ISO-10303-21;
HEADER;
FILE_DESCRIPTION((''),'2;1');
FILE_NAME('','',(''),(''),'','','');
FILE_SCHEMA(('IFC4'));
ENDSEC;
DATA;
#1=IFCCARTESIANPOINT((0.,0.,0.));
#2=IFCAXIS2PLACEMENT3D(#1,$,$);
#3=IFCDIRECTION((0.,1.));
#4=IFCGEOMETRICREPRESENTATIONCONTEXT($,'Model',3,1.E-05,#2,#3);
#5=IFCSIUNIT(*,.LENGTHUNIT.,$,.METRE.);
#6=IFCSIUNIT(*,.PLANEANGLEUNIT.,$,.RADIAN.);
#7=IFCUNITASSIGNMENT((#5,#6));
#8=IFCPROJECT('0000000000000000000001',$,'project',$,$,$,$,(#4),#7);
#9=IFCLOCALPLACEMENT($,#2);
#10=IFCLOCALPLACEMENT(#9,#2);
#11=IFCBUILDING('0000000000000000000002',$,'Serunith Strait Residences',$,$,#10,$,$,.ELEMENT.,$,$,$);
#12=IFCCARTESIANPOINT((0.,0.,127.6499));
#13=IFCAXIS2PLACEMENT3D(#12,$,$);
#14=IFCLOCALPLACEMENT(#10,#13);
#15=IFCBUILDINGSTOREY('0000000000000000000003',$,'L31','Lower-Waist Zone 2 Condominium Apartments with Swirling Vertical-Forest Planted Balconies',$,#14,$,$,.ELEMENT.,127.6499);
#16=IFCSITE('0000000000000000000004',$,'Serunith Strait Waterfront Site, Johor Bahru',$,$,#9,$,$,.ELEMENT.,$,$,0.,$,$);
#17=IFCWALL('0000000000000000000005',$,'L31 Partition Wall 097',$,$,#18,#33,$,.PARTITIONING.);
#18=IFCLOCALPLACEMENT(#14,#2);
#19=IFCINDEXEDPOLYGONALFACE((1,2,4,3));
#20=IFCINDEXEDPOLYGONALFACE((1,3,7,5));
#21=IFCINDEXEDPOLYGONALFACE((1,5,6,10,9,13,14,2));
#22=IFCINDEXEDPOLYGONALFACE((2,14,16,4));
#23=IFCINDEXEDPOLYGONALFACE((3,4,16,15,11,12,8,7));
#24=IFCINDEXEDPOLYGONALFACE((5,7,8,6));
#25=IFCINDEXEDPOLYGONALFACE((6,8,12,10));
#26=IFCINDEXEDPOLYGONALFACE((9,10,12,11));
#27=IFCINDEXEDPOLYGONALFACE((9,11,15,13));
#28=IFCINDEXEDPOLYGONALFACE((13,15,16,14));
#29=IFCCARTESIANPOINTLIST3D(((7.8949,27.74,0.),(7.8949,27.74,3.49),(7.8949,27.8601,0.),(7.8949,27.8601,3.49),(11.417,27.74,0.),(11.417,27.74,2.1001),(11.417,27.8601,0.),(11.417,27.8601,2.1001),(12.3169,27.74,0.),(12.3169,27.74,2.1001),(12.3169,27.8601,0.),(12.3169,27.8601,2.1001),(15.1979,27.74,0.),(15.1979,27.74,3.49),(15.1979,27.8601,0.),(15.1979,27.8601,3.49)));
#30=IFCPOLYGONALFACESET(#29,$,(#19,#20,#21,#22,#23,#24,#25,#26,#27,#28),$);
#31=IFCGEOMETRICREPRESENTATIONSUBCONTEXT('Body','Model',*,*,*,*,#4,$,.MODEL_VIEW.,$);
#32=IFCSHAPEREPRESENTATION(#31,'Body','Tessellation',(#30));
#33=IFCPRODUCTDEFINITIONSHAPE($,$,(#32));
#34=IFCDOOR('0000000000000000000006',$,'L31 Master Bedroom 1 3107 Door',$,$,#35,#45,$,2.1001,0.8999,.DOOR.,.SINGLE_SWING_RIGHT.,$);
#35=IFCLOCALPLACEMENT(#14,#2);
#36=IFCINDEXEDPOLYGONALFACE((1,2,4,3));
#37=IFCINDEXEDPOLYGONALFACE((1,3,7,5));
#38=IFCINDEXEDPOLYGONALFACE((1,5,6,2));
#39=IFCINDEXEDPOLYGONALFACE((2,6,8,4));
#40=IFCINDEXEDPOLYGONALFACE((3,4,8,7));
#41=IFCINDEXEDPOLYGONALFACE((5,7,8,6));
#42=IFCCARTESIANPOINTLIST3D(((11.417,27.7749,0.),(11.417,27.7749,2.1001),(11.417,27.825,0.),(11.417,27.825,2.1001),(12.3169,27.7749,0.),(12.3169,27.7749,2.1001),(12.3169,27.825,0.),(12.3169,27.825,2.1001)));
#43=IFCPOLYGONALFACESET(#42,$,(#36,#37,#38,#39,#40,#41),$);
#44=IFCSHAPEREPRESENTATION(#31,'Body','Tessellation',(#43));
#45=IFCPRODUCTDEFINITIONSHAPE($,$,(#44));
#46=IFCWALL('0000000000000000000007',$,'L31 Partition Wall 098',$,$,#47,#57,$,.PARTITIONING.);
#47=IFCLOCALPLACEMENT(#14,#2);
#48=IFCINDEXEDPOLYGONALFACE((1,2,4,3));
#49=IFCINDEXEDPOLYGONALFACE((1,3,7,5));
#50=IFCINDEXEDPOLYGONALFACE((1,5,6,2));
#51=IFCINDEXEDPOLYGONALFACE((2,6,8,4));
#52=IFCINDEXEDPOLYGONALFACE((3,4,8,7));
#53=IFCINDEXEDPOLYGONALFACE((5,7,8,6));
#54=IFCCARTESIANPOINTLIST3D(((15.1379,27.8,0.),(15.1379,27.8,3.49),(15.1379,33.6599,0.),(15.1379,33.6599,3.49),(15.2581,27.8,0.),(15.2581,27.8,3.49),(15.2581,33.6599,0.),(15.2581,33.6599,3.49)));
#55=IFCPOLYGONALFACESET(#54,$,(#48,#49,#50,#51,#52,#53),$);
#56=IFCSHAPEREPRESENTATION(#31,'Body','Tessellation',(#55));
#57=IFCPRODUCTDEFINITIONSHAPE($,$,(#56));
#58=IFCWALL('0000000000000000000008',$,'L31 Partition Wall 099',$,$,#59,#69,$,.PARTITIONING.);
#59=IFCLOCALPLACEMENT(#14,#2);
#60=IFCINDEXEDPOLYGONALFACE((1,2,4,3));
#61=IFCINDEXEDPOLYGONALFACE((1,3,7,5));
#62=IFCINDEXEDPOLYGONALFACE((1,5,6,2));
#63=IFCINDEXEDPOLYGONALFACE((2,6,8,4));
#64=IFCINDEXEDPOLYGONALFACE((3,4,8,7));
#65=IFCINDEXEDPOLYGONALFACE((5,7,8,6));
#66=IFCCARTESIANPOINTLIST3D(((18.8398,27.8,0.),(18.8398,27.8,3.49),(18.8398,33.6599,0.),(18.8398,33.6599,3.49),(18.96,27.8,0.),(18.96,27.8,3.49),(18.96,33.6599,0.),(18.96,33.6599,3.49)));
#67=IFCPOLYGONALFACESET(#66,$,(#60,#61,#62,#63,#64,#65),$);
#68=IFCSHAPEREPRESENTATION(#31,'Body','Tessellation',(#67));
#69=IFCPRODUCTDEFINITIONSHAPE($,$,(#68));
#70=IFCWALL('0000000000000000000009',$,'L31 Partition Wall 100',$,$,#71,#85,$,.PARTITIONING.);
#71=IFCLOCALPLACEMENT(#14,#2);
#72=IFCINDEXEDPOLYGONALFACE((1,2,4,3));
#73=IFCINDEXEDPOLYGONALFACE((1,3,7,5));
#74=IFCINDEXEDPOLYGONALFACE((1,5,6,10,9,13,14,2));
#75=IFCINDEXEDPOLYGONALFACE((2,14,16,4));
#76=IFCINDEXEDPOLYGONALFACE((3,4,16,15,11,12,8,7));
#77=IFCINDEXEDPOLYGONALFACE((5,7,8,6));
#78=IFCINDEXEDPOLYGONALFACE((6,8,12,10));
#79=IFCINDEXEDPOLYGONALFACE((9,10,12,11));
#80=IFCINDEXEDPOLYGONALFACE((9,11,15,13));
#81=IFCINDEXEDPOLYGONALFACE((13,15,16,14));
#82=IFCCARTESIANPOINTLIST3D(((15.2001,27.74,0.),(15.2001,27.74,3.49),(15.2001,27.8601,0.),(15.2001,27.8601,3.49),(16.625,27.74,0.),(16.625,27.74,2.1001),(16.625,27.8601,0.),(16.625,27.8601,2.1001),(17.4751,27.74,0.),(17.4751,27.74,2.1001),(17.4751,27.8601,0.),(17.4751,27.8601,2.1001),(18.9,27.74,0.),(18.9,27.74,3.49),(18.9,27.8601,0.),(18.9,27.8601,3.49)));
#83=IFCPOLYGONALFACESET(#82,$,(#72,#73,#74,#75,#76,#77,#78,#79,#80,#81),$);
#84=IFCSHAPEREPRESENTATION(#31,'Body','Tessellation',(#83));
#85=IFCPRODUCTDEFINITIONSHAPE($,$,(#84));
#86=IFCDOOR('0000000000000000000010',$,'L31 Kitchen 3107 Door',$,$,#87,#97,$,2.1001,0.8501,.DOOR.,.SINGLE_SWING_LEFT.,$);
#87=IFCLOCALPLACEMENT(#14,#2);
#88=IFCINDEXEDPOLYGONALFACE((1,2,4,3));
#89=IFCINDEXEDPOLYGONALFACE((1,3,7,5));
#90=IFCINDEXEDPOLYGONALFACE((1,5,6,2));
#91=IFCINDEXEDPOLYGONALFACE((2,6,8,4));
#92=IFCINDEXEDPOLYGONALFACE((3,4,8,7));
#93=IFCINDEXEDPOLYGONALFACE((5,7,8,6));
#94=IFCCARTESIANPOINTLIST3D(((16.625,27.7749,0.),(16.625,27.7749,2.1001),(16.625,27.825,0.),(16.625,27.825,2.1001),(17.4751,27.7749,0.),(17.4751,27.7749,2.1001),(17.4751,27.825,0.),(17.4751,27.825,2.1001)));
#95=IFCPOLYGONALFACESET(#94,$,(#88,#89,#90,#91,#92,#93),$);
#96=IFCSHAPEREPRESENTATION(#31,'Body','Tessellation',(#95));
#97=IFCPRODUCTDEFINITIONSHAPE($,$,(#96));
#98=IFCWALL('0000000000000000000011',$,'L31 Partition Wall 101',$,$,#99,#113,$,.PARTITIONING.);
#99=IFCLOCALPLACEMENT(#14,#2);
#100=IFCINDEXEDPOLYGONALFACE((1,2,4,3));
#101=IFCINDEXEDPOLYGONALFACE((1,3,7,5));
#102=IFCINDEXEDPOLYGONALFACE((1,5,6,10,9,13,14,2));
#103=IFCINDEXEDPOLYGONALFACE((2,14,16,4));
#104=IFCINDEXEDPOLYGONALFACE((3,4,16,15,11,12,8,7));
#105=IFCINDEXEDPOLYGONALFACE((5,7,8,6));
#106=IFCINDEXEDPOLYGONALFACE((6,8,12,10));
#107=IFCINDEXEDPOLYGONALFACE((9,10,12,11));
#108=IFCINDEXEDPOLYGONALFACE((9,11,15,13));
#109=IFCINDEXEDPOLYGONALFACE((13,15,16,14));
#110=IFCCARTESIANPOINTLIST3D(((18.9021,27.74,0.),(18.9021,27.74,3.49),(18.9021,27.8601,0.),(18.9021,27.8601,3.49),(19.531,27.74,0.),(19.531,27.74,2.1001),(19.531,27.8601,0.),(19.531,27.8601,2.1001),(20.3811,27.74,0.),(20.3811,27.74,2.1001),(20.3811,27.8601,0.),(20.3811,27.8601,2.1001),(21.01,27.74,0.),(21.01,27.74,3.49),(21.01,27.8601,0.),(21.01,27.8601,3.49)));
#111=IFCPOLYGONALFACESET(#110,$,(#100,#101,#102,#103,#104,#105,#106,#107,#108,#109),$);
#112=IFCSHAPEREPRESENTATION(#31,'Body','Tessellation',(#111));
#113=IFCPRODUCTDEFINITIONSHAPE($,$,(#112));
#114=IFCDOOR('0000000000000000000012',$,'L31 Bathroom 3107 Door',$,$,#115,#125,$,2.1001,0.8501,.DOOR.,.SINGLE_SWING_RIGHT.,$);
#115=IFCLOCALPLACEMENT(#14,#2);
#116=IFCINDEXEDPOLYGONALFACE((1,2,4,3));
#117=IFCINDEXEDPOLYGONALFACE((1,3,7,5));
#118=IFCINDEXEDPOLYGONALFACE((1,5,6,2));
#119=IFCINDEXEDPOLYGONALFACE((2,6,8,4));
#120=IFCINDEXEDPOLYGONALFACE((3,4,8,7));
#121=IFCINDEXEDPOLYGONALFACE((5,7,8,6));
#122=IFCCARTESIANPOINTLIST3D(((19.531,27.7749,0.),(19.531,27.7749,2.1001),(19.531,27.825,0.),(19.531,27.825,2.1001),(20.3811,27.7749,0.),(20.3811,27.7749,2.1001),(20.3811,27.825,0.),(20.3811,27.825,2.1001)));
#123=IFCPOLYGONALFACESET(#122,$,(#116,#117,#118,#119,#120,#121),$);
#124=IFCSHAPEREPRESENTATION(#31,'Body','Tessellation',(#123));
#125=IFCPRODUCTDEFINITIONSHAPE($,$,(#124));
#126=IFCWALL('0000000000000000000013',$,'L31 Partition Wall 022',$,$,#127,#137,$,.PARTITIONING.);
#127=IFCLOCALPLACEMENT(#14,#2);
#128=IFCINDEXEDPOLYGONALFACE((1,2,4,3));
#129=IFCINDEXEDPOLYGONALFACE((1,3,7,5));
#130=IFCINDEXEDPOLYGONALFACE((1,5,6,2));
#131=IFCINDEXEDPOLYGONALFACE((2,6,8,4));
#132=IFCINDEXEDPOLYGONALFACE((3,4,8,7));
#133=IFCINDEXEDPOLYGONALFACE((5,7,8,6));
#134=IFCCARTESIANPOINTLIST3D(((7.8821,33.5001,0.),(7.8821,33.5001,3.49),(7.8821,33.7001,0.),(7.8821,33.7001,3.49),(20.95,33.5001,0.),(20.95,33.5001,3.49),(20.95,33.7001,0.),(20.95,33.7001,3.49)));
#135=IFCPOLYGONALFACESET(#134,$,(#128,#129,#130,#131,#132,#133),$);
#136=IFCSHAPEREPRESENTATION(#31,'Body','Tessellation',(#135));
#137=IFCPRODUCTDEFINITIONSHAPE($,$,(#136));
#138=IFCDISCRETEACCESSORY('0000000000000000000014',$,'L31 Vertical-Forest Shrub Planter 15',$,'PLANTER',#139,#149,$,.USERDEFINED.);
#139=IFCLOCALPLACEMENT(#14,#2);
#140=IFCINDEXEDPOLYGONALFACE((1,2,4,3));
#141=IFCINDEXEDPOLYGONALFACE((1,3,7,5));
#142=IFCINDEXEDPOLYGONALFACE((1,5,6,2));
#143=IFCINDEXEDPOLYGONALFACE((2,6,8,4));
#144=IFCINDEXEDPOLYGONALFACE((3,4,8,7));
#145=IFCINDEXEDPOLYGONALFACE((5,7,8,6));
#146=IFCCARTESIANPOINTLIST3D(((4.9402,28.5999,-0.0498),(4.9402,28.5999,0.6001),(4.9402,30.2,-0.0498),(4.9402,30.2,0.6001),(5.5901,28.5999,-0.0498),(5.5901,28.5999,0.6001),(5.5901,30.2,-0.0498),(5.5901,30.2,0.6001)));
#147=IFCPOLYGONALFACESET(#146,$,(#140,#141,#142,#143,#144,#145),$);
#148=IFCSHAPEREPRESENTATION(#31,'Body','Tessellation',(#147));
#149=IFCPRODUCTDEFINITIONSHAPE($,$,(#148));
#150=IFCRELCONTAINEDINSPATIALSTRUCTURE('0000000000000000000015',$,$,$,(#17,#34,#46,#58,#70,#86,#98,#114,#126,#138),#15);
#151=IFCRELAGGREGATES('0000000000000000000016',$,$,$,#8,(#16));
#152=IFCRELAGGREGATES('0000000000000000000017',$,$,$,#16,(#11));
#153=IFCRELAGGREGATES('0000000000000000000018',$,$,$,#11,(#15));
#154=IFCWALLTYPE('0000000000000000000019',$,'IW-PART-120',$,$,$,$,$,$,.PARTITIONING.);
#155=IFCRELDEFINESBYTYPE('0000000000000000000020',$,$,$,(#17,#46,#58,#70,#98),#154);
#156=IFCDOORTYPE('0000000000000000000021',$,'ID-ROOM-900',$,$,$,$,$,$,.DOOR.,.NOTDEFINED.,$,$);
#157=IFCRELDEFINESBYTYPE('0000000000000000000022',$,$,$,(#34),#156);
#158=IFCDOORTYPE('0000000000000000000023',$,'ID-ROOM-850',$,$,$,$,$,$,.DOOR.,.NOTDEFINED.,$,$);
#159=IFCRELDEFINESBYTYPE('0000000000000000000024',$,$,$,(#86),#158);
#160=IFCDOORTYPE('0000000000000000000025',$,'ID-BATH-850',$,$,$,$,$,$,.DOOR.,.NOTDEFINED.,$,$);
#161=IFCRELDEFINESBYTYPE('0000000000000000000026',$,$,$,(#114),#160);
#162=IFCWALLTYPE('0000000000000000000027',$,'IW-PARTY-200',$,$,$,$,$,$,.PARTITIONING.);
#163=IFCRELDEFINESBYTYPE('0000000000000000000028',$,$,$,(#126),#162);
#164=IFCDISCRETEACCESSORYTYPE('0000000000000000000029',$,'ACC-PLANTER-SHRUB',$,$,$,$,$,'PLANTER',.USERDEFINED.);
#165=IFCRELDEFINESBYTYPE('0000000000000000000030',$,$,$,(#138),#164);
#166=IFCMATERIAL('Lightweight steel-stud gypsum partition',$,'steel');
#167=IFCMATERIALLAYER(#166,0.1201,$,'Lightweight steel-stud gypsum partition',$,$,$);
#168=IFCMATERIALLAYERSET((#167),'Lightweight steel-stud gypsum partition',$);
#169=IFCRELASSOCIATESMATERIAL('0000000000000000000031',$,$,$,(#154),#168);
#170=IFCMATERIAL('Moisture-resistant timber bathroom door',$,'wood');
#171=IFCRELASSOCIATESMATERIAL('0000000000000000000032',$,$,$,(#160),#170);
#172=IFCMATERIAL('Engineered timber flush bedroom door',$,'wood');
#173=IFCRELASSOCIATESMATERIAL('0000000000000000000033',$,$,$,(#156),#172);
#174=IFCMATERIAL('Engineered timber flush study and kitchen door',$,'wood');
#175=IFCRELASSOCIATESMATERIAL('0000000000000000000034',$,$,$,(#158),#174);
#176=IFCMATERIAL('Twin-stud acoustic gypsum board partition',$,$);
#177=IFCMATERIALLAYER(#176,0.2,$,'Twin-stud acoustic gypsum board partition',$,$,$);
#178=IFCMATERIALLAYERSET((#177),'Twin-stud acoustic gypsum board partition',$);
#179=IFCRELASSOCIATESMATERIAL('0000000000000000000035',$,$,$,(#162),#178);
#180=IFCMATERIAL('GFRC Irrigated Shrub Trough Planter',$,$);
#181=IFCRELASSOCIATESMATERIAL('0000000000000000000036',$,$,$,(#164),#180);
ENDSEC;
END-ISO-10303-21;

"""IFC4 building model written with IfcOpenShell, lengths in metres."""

from ifc_helpers import new_model, si_unit, direction, frame, frame_2d, origin, origin_2d, place, context, subcontext, project, spatial, rectangle, extrude, source, transform, mapped, material, layer, layer_set, type_object, element, fill, save


model = new_model("IFC4")

# Units and contexts
model_context = context("Model", 3, precision=1e-05, world=origin(), true_north=direction((0.0, 1.0)))
body_context = subcontext(model_context, "Body", "Model", "MODEL_VIEW")
ifc_project = project(units=[si_unit("LENGTHUNIT", "METRE"), si_unit("PLANEANGLEUNIT", "RADIAN")], contexts=[model_context])

# Site, building, storey
site_placement = place(None, origin())
site = spatial("IfcSite", under=ifc_project, at=site_placement, Name="Serunith Strait Waterfront Site, Johor Bahru", CompositionType="ELEMENT", RefElevation=0.0)
building_placement = place(site_placement, origin())
building = spatial("IfcBuilding", under=site, at=building_placement, Name="Serunith Strait Residences", CompositionType="ELEMENT")
storey_placement = place(building_placement, frame((0.0, 0.0, 127.6499)))
storey = spatial("IfcBuildingStorey", under=building, at=storey_placement, Name="L31", Description="Lower-Waist Zone 2 Condominium Apartments with Swirling Vertical-Forest Planted Balconies", CompositionType="ELEMENT", Elevation=127.6499)

# Shared definitions
ifc_material_1 = material(Name="Lightweight steel-stud gypsum partition", Category="steel")
ifc_layer_1 = layer(ifc_material_1, 0.1201, Name="Lightweight steel-stud gypsum partition")
ifc_layer_set_1 = layer_set([ifc_layer_1], Name="Lightweight steel-stud gypsum partition")
wall_type_1 = type_object("IfcWallType", Name="IW-PART-120", PredefinedType="PARTITIONING", material=ifc_layer_set_1)

# Wall, opening, door
ifc_material_2 = material(Name="Moisture-resistant timber bathroom door", Category="wood")
door_type_1 = type_object("IfcDoorType", Name="ID-BATH-850", OperationType="NOTDEFINED", PredefinedType="DOOR", material=ifc_material_2)
shared_shape_1 = source(origin(), body_context, "Body", "SweptSolid", [
    extrude(rectangle(XDim=0.8501, YDim=2.1001, at=frame_2d((0.425, 1.05))), frame((0.0, 0.0249, 0.0), z_axis=(0.0, -1.0, 0.0), x_axis=(1.0, 0.0, 0.0)), (0.0, 0.0, 1.0), 0.05),
])
wall_1_placement = place(storey_placement, frame((7.895, 27.8, 0.0), z_axis=(0.0, 0.0, 1.0), x_axis=(1.0, 0.0, 0.0)))
wall_1 = element("IfcWall", 1, at=wall_1_placement, inside=storey, type_object=wall_type_1, Name="L31 Partition Wall 097", PredefinedType="PARTITIONING", context=body_context, shape_type="SweptSolid", body=[
    extrude(rectangle(XDim=7.303, YDim=0.1201, at=frame_2d((3.6514, 0.0))), origin(), (0.0, 0.0, 1.0), 3.49),
])
opening_1_placement = place(wall_1_placement, frame((3.522, 0.0, 0.0)))
opening_1 = element("IfcOpeningElement", 2, at=opening_1_placement, cuts=wall_1, PredefinedType="OPENING", context=body_context, shape_type="SweptSolid", body=[
    extrude(rectangle(XDim=0.8999, YDim=2.1001, at=frame_2d((0.45, 1.05))), frame((0.0, 0.0701, 0.0), z_axis=(0.0, -1.0, 0.0), x_axis=(1.0, 0.0, 0.0)), (0.0, 0.0, 1.0), 0.1401),
])
ifc_material_3 = material(Name="Engineered timber flush bedroom door", Category="wood")
door_type_2 = type_object("IfcDoorType", Name="ID-ROOM-900", OperationType="NOTDEFINED", PredefinedType="DOOR", material=ifc_material_3)
shared_shape_2 = source(origin(), body_context, "Body", "SweptSolid", [
    extrude(rectangle(XDim=0.8999, YDim=2.1001, at=frame_2d((0.45, 1.05))), frame((0.0, 0.0249, 0.0), z_axis=(0.0, -1.0, 0.0), x_axis=(1.0, 0.0, 0.0)), (0.0, 0.0, 1.0), 0.05),
])
door_1_placement = place(opening_1_placement, origin())
door_1 = element("IfcDoor", 3, at=door_1_placement, inside=storey, type_object=door_type_2, Name="L31 Master Bedroom 1 3107 Door", OperationType="SINGLE_SWING_RIGHT", OverallHeight=2.1001, OverallWidth=0.8999, PredefinedType="DOOR", context=body_context, shape_type="MappedRepresentation", body=[
    mapped(shared_shape_2, transform((0.0, 0.0, 0.0), scale=1.0)),
])
fill(opening_1, door_1)

# Walls
for number, where, z_axis, x_axis, name in (
    (4, (15.198, 27.8, 0.0), (0.0, 0.0, 1.0), (0.0, 1.0, 0.0), "L31 Partition Wall 098"),
    (5, (18.8999, 27.8, 0.0), (0.0, 0.0, 1.0), (0.0, 1.0, 0.0), "L31 Partition Wall 099"),
):
    element("IfcWall", number, at=place(storey_placement, frame(where, z_axis=z_axis, x_axis=x_axis)), inside=storey, type_object=wall_type_1, Name=name, PredefinedType="PARTITIONING", context=body_context, shape_type="SweptSolid", body=[
        extrude(rectangle(XDim=5.8599, YDim=0.1201, at=frame_2d((2.9299, 0.0))), origin(), (0.0, 0.0, 1.0), 3.49),
    ])

# Walls, openings, doors
wall_2_placement = place(storey_placement, frame((15.2, 27.8, 0.0), z_axis=(0.0, 0.0, 1.0), x_axis=(1.0, 0.0, 0.0)))
wall_2 = element("IfcWall", 6, at=wall_2_placement, inside=storey, type_object=wall_type_1, Name="L31 Partition Wall 100", PredefinedType="PARTITIONING", context=body_context, shape_type="SweptSolid", body=[
    extrude(rectangle(XDim=3.7, YDim=0.1201, at=frame_2d((1.8501, 0.0))), origin(), (0.0, 0.0, 1.0), 3.49),
])
opening_2_placement = place(wall_2_placement, frame((1.425, 0.0, 0.0)))
opening_2 = element("IfcOpeningElement", 7, at=opening_2_placement, cuts=wall_2, PredefinedType="OPENING", context=body_context, shape_type="SweptSolid", body=[
    extrude(rectangle(XDim=0.8501, YDim=2.1001, at=frame_2d((0.425, 1.05))), frame((0.0, 0.0701, 0.0), z_axis=(0.0, -1.0, 0.0), x_axis=(1.0, 0.0, 0.0)), (0.0, 0.0, 1.0), 0.1401),
])
ifc_material_4 = material(Name="Engineered timber flush study and kitchen door", Category="wood")
door_type_3 = type_object("IfcDoorType", Name="ID-ROOM-850", OperationType="NOTDEFINED", PredefinedType="DOOR", material=ifc_material_4)
door_2_placement = place(opening_2_placement, origin())
door_2 = element("IfcDoor", 8, at=door_2_placement, inside=storey, type_object=door_type_3, Name="L31 Kitchen 3107 Door", OperationType="SINGLE_SWING_LEFT", OverallHeight=2.1001, OverallWidth=0.8501, PredefinedType="DOOR", context=body_context, shape_type="MappedRepresentation", body=[
    mapped(shared_shape_1, transform((0.0, 0.0, 0.0), scale=1.0)),
])
fill(opening_2, door_2)
wall_3_placement = place(storey_placement, frame((18.9021, 27.8, 0.0), z_axis=(0.0, 0.0, 1.0), x_axis=(1.0, 0.0, 0.0)))
wall_3 = element("IfcWall", 9, at=wall_3_placement, inside=storey, type_object=wall_type_1, Name="L31 Partition Wall 101", PredefinedType="PARTITIONING", context=body_context, shape_type="SweptSolid", body=[
    extrude(rectangle(XDim=2.1079, YDim=0.1201, at=frame_2d((1.054, 0.0))), origin(), (0.0, 0.0, 1.0), 3.49),
])
opening_3_placement = place(wall_3_placement, frame((0.6289, 0.0, 0.0)))
opening_3 = element("IfcOpeningElement", 10, at=opening_3_placement, cuts=wall_3, PredefinedType="OPENING", context=body_context, shape_type="SweptSolid", body=[
    extrude(rectangle(XDim=0.8501, YDim=2.1001, at=frame_2d((0.425, 1.05))), frame((0.0, 0.0701, 0.0), z_axis=(0.0, -1.0, 0.0), x_axis=(1.0, 0.0, 0.0)), (0.0, 0.0, 1.0), 0.1401),
])
door_3_placement = place(opening_3_placement, origin())
door_3 = element("IfcDoor", 11, at=door_3_placement, inside=storey, type_object=door_type_1, Name="L31 Bathroom 3107 Door", OperationType="SINGLE_SWING_RIGHT", OverallHeight=2.1001, OverallWidth=0.8501, PredefinedType="DOOR", context=body_context, shape_type="MappedRepresentation", body=[
    mapped(shared_shape_1, transform((0.0, 0.0, 0.0), scale=1.0)),
])
fill(opening_3, door_3)

# Wall
ifc_material_5 = material(Name="Twin-stud acoustic gypsum board partition")
ifc_layer_2 = layer(ifc_material_5, 0.2, Name="Twin-stud acoustic gypsum board partition")
ifc_layer_set_2 = layer_set([ifc_layer_2], Name="Twin-stud acoustic gypsum board partition")
wall_type_2 = type_object("IfcWallType", Name="IW-PARTY-200", PredefinedType="PARTITIONING", material=ifc_layer_set_2)
wall_4_placement = place(storey_placement, frame((7.8821, 33.6001, 0.0), z_axis=(0.0, 0.0, 1.0), x_axis=(1.0, 0.0, 0.0)))
element("IfcWall", 12, at=wall_4_placement, inside=storey, type_object=wall_type_2, Name="L31 Partition Wall 022", PredefinedType="PARTITIONING", context=body_context, shape_type="SweptSolid", body=[
    extrude(rectangle(XDim=13.0679, YDim=0.2, at=frame_2d((6.5339, 0.0))), origin(), (0.0, 0.0, 1.0), 3.49),
])

# Discrete accessory
ifc_material_6 = material(Name="GFRC Irrigated Shrub Trough Planter")
discrete_accessory_type = type_object("IfcDiscreteAccessoryType", Name="ACC-PLANTER-SHRUB", ElementType="PLANTER", PredefinedType="USERDEFINED", material=ifc_material_6)
shared_shape_3 = source(origin(), body_context, "Body", "SweptSolid", [
    extrude(rectangle(XDim=1.6001, YDim=0.6499, at=origin_2d()), origin(), (0.0, 0.0, 1.0), 0.6499),
])
discrete_accessory_placement = place(storey_placement, frame((5.2651, 29.3999, -0.0498), z_axis=(0.0, 0.0, 1.0), x_axis=(0.0, -1.0, 0.0)))
element("IfcDiscreteAccessory", 13, at=discrete_accessory_placement, inside=storey, type_object=discrete_accessory_type, Name="L31 Vertical-Forest Shrub Planter 15", ObjectType="PLANTER", PredefinedType="USERDEFINED", context=body_context, shape_type="MappedRepresentation", body=[
    mapped(shared_shape_3, transform((0.0, 0.0, 0.0), scale=1.0)),
])

save(model, "model.ifc")
